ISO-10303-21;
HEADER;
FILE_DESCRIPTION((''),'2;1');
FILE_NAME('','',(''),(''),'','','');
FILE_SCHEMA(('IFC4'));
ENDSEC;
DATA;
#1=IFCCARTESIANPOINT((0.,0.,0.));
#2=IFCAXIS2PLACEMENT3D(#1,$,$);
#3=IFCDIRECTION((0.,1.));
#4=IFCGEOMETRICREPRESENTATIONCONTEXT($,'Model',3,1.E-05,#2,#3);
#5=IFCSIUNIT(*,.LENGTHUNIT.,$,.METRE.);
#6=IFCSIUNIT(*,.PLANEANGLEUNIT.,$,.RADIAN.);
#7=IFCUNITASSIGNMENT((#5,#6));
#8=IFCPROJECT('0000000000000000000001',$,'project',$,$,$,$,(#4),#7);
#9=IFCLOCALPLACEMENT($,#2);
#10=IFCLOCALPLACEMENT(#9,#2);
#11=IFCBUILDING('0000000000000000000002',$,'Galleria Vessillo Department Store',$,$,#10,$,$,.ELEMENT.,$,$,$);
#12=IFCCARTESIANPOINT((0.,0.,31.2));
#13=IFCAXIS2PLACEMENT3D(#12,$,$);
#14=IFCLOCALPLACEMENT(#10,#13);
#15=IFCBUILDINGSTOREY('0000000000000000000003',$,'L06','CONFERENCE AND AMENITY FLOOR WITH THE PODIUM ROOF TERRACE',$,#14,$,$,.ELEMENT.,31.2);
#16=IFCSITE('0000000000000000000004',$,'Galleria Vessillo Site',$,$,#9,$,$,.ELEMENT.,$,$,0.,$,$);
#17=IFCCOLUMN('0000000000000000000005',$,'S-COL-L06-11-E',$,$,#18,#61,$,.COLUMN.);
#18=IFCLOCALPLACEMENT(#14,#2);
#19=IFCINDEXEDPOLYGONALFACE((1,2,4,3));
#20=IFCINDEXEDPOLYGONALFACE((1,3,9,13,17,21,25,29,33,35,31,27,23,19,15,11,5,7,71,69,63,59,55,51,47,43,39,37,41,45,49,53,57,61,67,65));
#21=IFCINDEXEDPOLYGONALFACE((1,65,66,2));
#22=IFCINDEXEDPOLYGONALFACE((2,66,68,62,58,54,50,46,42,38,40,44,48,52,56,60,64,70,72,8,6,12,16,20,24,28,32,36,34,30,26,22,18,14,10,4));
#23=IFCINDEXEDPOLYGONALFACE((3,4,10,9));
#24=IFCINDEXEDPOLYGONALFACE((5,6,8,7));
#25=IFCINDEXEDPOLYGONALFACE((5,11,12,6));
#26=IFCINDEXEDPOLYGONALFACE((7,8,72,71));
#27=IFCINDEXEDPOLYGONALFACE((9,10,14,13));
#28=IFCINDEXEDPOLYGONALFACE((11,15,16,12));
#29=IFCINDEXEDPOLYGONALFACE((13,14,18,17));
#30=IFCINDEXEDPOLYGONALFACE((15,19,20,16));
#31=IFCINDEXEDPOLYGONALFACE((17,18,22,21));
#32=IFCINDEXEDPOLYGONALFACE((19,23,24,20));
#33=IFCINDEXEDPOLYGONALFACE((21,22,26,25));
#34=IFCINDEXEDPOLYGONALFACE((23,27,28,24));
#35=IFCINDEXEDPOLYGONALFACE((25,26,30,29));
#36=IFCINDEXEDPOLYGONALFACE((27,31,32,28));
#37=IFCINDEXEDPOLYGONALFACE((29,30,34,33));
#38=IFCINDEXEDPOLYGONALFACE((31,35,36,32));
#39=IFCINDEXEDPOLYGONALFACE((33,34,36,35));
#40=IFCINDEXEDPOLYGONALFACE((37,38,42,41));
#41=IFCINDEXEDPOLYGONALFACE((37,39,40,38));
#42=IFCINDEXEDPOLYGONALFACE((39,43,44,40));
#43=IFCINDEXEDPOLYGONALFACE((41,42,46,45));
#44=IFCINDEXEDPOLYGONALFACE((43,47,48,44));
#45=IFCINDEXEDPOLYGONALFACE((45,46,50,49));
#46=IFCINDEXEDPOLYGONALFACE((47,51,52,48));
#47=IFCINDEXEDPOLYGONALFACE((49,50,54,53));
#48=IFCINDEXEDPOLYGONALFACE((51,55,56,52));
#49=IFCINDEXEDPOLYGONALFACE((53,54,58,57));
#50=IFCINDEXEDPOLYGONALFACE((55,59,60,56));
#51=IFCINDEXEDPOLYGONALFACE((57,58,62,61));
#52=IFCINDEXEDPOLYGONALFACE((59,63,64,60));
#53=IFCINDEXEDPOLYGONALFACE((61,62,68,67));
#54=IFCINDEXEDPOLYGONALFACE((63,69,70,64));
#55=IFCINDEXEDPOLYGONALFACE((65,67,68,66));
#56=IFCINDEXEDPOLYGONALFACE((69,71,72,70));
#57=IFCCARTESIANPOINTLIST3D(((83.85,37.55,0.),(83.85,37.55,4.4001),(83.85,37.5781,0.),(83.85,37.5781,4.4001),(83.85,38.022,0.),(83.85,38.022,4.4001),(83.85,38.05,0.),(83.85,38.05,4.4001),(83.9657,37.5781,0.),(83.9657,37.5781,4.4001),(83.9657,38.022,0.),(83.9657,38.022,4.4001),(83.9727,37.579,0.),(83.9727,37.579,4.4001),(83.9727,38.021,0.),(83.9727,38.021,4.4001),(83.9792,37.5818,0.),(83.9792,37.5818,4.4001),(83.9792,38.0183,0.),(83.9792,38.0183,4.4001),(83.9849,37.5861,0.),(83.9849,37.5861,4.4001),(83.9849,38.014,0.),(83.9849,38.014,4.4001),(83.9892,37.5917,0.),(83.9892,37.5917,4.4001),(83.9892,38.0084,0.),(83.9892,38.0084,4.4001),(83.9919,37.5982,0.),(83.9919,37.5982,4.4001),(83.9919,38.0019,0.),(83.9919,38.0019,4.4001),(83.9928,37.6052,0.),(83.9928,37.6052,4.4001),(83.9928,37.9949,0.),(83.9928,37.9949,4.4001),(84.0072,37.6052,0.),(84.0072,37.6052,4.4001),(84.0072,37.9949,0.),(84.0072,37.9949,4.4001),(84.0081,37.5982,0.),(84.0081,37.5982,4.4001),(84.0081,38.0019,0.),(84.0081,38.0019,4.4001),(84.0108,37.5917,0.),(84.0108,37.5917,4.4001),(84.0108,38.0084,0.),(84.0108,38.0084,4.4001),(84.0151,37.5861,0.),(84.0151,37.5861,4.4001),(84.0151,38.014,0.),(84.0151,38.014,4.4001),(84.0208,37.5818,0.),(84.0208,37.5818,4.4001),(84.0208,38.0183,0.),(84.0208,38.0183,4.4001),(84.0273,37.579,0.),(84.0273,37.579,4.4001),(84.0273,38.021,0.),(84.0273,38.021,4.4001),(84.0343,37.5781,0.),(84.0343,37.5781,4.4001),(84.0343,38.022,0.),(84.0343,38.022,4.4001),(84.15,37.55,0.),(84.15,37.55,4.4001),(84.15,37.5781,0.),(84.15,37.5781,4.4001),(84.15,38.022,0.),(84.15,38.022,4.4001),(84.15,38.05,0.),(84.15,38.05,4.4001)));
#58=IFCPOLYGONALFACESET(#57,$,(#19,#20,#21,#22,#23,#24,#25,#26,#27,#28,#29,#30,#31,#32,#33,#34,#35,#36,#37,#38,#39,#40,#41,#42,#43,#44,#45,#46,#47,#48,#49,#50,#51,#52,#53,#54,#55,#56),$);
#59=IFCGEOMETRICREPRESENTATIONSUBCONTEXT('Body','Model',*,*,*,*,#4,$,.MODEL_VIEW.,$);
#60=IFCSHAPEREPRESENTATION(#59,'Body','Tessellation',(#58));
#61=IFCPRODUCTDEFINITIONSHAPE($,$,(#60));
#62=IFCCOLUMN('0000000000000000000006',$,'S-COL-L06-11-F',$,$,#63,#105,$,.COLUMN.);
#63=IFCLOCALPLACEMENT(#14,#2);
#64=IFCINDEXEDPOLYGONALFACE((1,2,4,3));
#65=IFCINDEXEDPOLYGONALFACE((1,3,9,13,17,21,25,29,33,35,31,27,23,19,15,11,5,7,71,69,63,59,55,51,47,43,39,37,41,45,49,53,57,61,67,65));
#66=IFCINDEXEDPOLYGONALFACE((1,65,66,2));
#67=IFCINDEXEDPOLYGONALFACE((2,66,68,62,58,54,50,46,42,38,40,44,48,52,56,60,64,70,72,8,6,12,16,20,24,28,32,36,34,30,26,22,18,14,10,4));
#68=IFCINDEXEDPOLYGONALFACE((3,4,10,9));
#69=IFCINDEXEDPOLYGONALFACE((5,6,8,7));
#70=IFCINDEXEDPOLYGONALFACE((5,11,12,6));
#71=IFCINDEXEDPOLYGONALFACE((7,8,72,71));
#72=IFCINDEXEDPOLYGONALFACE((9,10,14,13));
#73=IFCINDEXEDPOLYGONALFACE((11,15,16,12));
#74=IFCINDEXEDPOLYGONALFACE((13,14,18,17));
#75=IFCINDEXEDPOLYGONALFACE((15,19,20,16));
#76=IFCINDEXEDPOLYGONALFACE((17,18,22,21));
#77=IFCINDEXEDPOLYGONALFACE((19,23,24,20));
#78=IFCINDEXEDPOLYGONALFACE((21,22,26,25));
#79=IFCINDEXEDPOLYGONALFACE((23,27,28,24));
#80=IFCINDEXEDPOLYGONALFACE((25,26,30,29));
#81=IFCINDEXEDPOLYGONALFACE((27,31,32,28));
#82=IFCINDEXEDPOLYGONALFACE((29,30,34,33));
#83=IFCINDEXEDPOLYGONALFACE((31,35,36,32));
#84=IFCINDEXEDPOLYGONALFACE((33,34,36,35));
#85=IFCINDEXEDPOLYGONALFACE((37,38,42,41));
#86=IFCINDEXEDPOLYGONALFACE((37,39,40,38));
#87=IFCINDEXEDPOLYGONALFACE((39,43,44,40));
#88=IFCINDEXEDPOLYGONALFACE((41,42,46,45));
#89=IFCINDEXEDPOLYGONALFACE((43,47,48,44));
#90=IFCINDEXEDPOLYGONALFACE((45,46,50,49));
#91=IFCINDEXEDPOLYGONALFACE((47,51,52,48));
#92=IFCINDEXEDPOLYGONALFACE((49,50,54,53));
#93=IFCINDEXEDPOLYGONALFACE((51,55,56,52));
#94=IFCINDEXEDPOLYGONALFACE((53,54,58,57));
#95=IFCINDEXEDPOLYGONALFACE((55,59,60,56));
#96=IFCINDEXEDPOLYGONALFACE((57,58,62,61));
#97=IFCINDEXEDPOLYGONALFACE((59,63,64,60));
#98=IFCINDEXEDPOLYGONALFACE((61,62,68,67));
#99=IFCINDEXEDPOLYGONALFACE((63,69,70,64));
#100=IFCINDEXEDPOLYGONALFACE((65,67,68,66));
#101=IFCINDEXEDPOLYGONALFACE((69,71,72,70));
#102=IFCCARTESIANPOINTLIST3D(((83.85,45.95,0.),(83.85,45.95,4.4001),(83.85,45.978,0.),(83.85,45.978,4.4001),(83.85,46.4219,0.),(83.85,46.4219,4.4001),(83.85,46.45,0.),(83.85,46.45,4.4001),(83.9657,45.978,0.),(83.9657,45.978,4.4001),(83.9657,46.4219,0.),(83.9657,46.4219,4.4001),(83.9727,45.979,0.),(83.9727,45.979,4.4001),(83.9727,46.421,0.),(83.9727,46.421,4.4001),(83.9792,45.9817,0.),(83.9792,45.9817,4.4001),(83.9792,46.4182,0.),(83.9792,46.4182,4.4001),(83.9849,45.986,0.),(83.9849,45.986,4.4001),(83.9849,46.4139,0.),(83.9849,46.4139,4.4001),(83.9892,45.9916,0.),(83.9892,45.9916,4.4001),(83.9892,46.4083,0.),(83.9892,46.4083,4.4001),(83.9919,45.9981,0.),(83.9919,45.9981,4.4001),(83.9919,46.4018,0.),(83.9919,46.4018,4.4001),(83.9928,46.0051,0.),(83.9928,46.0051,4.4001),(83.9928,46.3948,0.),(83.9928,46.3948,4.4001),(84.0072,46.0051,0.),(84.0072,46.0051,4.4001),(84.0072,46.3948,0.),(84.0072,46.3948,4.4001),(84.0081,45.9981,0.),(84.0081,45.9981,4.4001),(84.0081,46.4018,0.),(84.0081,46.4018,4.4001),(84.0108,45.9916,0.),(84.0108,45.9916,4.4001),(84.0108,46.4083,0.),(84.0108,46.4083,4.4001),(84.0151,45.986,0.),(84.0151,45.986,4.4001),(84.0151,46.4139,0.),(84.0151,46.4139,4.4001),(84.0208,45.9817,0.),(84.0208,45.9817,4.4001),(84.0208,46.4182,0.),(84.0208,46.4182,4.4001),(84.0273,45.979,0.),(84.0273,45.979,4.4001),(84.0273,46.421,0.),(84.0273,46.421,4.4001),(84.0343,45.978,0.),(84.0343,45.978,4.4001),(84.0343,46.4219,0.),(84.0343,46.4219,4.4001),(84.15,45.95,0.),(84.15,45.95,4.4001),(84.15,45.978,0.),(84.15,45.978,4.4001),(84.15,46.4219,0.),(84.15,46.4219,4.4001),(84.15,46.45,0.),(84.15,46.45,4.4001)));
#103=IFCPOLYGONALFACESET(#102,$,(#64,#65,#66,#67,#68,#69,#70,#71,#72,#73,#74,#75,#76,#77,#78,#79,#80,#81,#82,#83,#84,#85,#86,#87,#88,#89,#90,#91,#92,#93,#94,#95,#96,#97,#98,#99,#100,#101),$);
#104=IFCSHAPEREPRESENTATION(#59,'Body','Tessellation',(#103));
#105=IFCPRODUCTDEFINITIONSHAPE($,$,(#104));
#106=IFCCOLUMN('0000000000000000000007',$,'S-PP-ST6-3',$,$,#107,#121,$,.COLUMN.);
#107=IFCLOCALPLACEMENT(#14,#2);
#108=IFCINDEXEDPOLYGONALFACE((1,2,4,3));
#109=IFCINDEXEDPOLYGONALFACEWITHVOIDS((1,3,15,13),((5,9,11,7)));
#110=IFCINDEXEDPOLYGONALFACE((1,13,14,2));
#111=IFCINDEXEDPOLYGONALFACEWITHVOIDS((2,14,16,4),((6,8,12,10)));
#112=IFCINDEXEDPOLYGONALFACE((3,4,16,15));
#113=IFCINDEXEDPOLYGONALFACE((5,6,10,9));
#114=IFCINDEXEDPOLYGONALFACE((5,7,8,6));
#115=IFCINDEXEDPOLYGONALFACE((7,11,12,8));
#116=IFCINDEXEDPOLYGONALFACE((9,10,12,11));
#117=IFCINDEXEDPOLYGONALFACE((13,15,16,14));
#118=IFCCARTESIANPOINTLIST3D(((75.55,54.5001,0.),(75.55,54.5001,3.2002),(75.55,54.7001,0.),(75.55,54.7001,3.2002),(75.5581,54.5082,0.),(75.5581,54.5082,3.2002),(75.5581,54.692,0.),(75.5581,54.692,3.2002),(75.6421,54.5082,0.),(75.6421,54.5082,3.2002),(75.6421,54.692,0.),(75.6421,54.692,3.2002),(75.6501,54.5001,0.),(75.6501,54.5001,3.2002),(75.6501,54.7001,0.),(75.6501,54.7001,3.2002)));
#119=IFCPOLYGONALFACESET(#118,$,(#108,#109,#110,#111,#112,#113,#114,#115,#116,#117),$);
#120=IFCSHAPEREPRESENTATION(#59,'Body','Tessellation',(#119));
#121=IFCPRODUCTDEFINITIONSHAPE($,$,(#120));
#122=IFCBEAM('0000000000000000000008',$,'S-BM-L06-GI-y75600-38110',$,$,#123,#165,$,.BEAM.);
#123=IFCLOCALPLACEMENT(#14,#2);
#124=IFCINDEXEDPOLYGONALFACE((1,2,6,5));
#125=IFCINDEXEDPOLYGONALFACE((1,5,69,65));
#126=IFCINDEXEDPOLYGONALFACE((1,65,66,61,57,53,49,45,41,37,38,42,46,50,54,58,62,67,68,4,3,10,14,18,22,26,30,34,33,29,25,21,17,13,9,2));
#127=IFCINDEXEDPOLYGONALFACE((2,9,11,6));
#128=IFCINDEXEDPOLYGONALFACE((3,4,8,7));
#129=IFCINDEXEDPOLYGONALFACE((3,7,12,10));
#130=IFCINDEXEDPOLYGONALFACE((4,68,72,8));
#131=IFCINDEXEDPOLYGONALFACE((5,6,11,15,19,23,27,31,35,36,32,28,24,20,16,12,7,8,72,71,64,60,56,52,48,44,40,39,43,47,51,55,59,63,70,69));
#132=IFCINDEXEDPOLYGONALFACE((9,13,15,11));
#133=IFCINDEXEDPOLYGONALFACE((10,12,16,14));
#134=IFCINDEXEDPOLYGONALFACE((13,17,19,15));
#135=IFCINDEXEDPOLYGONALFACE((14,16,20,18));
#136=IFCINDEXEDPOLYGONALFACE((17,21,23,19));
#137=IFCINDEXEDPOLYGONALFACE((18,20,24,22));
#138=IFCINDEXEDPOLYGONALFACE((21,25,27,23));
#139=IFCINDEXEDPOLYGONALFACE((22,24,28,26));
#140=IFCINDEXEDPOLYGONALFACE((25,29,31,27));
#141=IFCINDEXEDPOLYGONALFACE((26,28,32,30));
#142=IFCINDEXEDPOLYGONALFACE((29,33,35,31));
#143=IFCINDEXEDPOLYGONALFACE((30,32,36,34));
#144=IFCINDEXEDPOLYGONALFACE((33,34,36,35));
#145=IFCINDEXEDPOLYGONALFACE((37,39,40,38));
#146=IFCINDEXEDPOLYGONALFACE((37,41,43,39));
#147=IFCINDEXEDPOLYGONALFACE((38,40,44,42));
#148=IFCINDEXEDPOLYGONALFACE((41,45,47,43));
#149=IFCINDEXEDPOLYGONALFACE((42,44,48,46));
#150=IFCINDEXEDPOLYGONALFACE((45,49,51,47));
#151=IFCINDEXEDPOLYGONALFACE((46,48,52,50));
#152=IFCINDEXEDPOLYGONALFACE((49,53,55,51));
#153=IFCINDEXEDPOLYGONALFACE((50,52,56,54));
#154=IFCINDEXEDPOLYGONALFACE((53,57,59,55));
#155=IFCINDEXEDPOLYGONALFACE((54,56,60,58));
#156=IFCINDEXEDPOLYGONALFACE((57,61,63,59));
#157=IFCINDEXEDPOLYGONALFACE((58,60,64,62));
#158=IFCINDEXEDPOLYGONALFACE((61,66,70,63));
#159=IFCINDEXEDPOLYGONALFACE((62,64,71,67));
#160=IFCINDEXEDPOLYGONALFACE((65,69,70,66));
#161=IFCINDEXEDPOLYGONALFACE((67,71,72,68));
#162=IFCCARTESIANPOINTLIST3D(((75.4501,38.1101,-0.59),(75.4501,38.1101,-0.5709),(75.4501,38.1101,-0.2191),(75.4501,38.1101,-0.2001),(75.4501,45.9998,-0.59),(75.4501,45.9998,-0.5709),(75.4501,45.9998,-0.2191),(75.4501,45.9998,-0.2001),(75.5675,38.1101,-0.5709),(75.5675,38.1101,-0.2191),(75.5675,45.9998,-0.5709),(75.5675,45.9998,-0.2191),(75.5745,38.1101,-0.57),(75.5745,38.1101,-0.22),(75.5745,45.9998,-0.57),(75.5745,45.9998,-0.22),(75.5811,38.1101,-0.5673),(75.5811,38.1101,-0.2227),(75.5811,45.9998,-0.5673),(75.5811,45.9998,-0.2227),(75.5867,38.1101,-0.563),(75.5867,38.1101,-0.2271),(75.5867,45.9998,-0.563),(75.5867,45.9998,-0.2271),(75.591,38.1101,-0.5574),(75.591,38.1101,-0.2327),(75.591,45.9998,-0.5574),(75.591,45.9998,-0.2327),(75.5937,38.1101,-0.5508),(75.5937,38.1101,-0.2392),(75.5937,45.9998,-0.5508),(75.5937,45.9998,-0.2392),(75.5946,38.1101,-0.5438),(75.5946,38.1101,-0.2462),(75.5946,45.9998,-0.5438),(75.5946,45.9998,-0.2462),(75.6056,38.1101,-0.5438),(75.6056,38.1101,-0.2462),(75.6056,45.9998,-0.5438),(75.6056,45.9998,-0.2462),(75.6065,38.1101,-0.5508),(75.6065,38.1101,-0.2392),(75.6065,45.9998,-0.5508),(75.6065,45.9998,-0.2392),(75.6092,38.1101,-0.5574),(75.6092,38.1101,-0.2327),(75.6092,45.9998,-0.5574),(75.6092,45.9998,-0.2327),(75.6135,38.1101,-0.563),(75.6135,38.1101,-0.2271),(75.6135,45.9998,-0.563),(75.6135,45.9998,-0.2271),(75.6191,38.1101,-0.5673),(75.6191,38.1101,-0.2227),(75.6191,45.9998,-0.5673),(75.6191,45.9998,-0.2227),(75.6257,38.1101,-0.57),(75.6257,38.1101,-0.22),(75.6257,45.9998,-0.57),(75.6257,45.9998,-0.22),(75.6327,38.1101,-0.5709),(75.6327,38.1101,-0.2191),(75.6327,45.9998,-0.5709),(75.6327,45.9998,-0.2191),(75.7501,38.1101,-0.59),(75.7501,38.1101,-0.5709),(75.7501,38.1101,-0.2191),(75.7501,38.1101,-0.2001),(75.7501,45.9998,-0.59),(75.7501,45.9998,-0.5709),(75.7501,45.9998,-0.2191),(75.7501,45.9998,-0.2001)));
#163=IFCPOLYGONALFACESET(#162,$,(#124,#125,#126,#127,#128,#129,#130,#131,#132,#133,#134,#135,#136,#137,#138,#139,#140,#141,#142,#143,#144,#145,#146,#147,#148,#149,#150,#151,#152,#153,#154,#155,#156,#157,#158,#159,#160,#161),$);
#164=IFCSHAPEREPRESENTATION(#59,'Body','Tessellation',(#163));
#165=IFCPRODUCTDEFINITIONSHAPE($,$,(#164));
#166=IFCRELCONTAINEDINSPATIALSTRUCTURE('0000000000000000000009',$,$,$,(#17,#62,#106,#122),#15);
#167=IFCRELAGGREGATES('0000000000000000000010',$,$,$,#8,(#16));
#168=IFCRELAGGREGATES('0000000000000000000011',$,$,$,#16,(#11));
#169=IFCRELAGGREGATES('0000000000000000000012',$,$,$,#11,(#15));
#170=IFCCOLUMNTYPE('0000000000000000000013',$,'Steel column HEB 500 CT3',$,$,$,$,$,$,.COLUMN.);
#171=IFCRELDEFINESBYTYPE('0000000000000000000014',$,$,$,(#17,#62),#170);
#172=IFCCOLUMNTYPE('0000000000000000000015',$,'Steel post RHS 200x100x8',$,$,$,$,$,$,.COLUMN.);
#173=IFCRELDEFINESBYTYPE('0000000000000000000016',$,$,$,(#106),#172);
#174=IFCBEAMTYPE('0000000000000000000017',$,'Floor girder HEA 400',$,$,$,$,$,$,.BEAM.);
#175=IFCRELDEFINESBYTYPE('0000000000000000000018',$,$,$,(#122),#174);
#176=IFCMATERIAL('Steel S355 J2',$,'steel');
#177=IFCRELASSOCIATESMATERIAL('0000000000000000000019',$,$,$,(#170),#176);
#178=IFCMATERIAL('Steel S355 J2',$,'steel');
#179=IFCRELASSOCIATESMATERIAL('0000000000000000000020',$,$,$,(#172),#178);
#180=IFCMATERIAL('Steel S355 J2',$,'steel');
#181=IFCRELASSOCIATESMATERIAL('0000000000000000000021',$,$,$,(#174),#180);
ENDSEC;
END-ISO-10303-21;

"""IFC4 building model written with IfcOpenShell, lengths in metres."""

from ifc_helpers import new_model, si_unit, direction, frame, origin, origin_2d, place, context, subcontext, project, spatial, hollow_rectangle, i_section, extrude, material, material_profile, profile_set, type_object, element, save


model = new_model("IFC4")

# Units and contexts
model_context = context("Model", 3, precision=1e-05, world=origin(), true_north=direction((0.0, 1.0)))
body_context = subcontext(model_context, "Body", "Model", "MODEL_VIEW")
ifc_project = project(units=[si_unit("LENGTHUNIT", "METRE"), si_unit("PLANEANGLEUNIT", "RADIAN")], contexts=[model_context])

# Site, building, storey
site_placement = place(None, origin())
site = spatial("IfcSite", under=ifc_project, at=site_placement, Name="Galleria Vessillo Site", CompositionType="ELEMENT", RefElevation=0.0)
building_placement = place(site_placement, origin())
building = spatial("IfcBuilding", under=site, at=building_placement, Name="Galleria Vessillo Department Store", CompositionType="ELEMENT")
storey_placement = place(building_placement, frame((0.0, 0.0, 31.2)))
storey = spatial("IfcBuildingStorey", under=building, at=storey_placement, Name="L06", Description="CONFERENCE AND AMENITY FLOOR WITH THE PODIUM ROOF TERRACE", CompositionType="ELEMENT", Elevation=31.2)

# Columns
ifc_material_1 = material(Name="Steel S355 J2", Category="steel")
ifc_material_profile_1 = material_profile(ifc_material_1, i_section(OverallWidth=0.3, OverallDepth=0.5, WebThickness=0.0144, FlangeThickness=0.0281, FilletRadius=0.0271, at=origin_2d()), Name="HEB 500")
ifc_profile_set_1 = profile_set([ifc_material_profile_1], Name="Steel S355 J2")
column_type_1 = type_object("IfcColumnType", Name="Steel column HEB 500 CT3", PredefinedType="COLUMN", material=ifc_profile_set_1)
for number, where, z_axis, x_axis, name in (
    (1, (84.0, 37.8, 0.0), (0.0, 0.0, 1.0), (1.0, 0.0, 0.0), "S-COL-L06-11-E"),
    (2, (84.0, 46.2, 0.0), (0.0, 0.0, 1.0), (1.0, 0.0, 0.0), "S-COL-L06-11-F"),
):
    element("IfcColumn", number, at=place(storey_placement, frame(where, z_axis=z_axis, x_axis=x_axis)), inside=storey, type_object=column_type_1, Name=name, PredefinedType="COLUMN", context=body_context, shape_type="SweptSolid", body=[
        extrude(i_section(OverallWidth=0.3, OverallDepth=0.5, WebThickness=0.0144, FlangeThickness=0.0281, FilletRadius=0.0271, at=origin_2d()), origin(), (0.0, 0.0, 1.0), 4.4001),
    ])
ifc_material_2 = material(Name="Steel S355 J2", Category="steel")
ifc_material_profile_2 = material_profile(ifc_material_2, hollow_rectangle(XDim=0.1001, YDim=0.2, WallThickness=0.0081, at=origin_2d()), Name="RHS 200x100x8")
ifc_profile_set_2 = profile_set([ifc_material_profile_2], Name="Steel S355 J2")
column_type_2 = type_object("IfcColumnType", Name="Steel post RHS 200x100x8", PredefinedType="COLUMN", material=ifc_profile_set_2)
column_placement = place(storey_placement, frame((75.6001, 54.6001, 0.0), z_axis=(0.0, 0.0, 1.0), x_axis=(1.0, 0.0, 0.0)))
element("IfcColumn", 3, at=column_placement, inside=storey, type_object=column_type_2, Name="S-PP-ST6-3", PredefinedType="COLUMN", context=body_context, shape_type="SweptSolid", body=[
    extrude(hollow_rectangle(XDim=0.1001, YDim=0.2, WallThickness=0.0081, at=origin_2d()), origin(), (0.0, 0.0, 1.0), 3.2002),
])

# Beam
ifc_material_3 = material(Name="Steel S355 J2", Category="steel")
ifc_material_profile_3 = material_profile(ifc_material_3, i_section(OverallWidth=0.3, OverallDepth=0.3899, WebThickness=0.011, FlangeThickness=0.019, FilletRadius=0.0271, at=origin_2d()), Name="HEA 400")
ifc_profile_set_3 = profile_set([ifc_material_profile_3], Name="Steel S355 J2")
beam_type_1 = type_object("IfcBeamType", Name="Floor girder HEA 400", PredefinedType="BEAM", material=ifc_profile_set_3)
beam_1_placement = place(storey_placement, frame((75.6001, 38.1101, -0.395), z_axis=(0.0, 1.0, 0.0), x_axis=(-1.0, 0.0, 0.0)))
element("IfcBeam", 4, at=beam_1_placement, inside=storey, type_object=beam_type_1, Name="S-BM-L06-GI-y75600-38110", PredefinedType="BEAM", context=body_context, shape_type="SweptSolid", body=[
    extrude(i_section(OverallWidth=0.3, OverallDepth=0.3899, WebThickness=0.011, FlangeThickness=0.019, FilletRadius=0.0271, at=origin_2d()), origin(), (0.0, 0.0, 1.0), 7.8896),
])

save(model, "model.ifc")
